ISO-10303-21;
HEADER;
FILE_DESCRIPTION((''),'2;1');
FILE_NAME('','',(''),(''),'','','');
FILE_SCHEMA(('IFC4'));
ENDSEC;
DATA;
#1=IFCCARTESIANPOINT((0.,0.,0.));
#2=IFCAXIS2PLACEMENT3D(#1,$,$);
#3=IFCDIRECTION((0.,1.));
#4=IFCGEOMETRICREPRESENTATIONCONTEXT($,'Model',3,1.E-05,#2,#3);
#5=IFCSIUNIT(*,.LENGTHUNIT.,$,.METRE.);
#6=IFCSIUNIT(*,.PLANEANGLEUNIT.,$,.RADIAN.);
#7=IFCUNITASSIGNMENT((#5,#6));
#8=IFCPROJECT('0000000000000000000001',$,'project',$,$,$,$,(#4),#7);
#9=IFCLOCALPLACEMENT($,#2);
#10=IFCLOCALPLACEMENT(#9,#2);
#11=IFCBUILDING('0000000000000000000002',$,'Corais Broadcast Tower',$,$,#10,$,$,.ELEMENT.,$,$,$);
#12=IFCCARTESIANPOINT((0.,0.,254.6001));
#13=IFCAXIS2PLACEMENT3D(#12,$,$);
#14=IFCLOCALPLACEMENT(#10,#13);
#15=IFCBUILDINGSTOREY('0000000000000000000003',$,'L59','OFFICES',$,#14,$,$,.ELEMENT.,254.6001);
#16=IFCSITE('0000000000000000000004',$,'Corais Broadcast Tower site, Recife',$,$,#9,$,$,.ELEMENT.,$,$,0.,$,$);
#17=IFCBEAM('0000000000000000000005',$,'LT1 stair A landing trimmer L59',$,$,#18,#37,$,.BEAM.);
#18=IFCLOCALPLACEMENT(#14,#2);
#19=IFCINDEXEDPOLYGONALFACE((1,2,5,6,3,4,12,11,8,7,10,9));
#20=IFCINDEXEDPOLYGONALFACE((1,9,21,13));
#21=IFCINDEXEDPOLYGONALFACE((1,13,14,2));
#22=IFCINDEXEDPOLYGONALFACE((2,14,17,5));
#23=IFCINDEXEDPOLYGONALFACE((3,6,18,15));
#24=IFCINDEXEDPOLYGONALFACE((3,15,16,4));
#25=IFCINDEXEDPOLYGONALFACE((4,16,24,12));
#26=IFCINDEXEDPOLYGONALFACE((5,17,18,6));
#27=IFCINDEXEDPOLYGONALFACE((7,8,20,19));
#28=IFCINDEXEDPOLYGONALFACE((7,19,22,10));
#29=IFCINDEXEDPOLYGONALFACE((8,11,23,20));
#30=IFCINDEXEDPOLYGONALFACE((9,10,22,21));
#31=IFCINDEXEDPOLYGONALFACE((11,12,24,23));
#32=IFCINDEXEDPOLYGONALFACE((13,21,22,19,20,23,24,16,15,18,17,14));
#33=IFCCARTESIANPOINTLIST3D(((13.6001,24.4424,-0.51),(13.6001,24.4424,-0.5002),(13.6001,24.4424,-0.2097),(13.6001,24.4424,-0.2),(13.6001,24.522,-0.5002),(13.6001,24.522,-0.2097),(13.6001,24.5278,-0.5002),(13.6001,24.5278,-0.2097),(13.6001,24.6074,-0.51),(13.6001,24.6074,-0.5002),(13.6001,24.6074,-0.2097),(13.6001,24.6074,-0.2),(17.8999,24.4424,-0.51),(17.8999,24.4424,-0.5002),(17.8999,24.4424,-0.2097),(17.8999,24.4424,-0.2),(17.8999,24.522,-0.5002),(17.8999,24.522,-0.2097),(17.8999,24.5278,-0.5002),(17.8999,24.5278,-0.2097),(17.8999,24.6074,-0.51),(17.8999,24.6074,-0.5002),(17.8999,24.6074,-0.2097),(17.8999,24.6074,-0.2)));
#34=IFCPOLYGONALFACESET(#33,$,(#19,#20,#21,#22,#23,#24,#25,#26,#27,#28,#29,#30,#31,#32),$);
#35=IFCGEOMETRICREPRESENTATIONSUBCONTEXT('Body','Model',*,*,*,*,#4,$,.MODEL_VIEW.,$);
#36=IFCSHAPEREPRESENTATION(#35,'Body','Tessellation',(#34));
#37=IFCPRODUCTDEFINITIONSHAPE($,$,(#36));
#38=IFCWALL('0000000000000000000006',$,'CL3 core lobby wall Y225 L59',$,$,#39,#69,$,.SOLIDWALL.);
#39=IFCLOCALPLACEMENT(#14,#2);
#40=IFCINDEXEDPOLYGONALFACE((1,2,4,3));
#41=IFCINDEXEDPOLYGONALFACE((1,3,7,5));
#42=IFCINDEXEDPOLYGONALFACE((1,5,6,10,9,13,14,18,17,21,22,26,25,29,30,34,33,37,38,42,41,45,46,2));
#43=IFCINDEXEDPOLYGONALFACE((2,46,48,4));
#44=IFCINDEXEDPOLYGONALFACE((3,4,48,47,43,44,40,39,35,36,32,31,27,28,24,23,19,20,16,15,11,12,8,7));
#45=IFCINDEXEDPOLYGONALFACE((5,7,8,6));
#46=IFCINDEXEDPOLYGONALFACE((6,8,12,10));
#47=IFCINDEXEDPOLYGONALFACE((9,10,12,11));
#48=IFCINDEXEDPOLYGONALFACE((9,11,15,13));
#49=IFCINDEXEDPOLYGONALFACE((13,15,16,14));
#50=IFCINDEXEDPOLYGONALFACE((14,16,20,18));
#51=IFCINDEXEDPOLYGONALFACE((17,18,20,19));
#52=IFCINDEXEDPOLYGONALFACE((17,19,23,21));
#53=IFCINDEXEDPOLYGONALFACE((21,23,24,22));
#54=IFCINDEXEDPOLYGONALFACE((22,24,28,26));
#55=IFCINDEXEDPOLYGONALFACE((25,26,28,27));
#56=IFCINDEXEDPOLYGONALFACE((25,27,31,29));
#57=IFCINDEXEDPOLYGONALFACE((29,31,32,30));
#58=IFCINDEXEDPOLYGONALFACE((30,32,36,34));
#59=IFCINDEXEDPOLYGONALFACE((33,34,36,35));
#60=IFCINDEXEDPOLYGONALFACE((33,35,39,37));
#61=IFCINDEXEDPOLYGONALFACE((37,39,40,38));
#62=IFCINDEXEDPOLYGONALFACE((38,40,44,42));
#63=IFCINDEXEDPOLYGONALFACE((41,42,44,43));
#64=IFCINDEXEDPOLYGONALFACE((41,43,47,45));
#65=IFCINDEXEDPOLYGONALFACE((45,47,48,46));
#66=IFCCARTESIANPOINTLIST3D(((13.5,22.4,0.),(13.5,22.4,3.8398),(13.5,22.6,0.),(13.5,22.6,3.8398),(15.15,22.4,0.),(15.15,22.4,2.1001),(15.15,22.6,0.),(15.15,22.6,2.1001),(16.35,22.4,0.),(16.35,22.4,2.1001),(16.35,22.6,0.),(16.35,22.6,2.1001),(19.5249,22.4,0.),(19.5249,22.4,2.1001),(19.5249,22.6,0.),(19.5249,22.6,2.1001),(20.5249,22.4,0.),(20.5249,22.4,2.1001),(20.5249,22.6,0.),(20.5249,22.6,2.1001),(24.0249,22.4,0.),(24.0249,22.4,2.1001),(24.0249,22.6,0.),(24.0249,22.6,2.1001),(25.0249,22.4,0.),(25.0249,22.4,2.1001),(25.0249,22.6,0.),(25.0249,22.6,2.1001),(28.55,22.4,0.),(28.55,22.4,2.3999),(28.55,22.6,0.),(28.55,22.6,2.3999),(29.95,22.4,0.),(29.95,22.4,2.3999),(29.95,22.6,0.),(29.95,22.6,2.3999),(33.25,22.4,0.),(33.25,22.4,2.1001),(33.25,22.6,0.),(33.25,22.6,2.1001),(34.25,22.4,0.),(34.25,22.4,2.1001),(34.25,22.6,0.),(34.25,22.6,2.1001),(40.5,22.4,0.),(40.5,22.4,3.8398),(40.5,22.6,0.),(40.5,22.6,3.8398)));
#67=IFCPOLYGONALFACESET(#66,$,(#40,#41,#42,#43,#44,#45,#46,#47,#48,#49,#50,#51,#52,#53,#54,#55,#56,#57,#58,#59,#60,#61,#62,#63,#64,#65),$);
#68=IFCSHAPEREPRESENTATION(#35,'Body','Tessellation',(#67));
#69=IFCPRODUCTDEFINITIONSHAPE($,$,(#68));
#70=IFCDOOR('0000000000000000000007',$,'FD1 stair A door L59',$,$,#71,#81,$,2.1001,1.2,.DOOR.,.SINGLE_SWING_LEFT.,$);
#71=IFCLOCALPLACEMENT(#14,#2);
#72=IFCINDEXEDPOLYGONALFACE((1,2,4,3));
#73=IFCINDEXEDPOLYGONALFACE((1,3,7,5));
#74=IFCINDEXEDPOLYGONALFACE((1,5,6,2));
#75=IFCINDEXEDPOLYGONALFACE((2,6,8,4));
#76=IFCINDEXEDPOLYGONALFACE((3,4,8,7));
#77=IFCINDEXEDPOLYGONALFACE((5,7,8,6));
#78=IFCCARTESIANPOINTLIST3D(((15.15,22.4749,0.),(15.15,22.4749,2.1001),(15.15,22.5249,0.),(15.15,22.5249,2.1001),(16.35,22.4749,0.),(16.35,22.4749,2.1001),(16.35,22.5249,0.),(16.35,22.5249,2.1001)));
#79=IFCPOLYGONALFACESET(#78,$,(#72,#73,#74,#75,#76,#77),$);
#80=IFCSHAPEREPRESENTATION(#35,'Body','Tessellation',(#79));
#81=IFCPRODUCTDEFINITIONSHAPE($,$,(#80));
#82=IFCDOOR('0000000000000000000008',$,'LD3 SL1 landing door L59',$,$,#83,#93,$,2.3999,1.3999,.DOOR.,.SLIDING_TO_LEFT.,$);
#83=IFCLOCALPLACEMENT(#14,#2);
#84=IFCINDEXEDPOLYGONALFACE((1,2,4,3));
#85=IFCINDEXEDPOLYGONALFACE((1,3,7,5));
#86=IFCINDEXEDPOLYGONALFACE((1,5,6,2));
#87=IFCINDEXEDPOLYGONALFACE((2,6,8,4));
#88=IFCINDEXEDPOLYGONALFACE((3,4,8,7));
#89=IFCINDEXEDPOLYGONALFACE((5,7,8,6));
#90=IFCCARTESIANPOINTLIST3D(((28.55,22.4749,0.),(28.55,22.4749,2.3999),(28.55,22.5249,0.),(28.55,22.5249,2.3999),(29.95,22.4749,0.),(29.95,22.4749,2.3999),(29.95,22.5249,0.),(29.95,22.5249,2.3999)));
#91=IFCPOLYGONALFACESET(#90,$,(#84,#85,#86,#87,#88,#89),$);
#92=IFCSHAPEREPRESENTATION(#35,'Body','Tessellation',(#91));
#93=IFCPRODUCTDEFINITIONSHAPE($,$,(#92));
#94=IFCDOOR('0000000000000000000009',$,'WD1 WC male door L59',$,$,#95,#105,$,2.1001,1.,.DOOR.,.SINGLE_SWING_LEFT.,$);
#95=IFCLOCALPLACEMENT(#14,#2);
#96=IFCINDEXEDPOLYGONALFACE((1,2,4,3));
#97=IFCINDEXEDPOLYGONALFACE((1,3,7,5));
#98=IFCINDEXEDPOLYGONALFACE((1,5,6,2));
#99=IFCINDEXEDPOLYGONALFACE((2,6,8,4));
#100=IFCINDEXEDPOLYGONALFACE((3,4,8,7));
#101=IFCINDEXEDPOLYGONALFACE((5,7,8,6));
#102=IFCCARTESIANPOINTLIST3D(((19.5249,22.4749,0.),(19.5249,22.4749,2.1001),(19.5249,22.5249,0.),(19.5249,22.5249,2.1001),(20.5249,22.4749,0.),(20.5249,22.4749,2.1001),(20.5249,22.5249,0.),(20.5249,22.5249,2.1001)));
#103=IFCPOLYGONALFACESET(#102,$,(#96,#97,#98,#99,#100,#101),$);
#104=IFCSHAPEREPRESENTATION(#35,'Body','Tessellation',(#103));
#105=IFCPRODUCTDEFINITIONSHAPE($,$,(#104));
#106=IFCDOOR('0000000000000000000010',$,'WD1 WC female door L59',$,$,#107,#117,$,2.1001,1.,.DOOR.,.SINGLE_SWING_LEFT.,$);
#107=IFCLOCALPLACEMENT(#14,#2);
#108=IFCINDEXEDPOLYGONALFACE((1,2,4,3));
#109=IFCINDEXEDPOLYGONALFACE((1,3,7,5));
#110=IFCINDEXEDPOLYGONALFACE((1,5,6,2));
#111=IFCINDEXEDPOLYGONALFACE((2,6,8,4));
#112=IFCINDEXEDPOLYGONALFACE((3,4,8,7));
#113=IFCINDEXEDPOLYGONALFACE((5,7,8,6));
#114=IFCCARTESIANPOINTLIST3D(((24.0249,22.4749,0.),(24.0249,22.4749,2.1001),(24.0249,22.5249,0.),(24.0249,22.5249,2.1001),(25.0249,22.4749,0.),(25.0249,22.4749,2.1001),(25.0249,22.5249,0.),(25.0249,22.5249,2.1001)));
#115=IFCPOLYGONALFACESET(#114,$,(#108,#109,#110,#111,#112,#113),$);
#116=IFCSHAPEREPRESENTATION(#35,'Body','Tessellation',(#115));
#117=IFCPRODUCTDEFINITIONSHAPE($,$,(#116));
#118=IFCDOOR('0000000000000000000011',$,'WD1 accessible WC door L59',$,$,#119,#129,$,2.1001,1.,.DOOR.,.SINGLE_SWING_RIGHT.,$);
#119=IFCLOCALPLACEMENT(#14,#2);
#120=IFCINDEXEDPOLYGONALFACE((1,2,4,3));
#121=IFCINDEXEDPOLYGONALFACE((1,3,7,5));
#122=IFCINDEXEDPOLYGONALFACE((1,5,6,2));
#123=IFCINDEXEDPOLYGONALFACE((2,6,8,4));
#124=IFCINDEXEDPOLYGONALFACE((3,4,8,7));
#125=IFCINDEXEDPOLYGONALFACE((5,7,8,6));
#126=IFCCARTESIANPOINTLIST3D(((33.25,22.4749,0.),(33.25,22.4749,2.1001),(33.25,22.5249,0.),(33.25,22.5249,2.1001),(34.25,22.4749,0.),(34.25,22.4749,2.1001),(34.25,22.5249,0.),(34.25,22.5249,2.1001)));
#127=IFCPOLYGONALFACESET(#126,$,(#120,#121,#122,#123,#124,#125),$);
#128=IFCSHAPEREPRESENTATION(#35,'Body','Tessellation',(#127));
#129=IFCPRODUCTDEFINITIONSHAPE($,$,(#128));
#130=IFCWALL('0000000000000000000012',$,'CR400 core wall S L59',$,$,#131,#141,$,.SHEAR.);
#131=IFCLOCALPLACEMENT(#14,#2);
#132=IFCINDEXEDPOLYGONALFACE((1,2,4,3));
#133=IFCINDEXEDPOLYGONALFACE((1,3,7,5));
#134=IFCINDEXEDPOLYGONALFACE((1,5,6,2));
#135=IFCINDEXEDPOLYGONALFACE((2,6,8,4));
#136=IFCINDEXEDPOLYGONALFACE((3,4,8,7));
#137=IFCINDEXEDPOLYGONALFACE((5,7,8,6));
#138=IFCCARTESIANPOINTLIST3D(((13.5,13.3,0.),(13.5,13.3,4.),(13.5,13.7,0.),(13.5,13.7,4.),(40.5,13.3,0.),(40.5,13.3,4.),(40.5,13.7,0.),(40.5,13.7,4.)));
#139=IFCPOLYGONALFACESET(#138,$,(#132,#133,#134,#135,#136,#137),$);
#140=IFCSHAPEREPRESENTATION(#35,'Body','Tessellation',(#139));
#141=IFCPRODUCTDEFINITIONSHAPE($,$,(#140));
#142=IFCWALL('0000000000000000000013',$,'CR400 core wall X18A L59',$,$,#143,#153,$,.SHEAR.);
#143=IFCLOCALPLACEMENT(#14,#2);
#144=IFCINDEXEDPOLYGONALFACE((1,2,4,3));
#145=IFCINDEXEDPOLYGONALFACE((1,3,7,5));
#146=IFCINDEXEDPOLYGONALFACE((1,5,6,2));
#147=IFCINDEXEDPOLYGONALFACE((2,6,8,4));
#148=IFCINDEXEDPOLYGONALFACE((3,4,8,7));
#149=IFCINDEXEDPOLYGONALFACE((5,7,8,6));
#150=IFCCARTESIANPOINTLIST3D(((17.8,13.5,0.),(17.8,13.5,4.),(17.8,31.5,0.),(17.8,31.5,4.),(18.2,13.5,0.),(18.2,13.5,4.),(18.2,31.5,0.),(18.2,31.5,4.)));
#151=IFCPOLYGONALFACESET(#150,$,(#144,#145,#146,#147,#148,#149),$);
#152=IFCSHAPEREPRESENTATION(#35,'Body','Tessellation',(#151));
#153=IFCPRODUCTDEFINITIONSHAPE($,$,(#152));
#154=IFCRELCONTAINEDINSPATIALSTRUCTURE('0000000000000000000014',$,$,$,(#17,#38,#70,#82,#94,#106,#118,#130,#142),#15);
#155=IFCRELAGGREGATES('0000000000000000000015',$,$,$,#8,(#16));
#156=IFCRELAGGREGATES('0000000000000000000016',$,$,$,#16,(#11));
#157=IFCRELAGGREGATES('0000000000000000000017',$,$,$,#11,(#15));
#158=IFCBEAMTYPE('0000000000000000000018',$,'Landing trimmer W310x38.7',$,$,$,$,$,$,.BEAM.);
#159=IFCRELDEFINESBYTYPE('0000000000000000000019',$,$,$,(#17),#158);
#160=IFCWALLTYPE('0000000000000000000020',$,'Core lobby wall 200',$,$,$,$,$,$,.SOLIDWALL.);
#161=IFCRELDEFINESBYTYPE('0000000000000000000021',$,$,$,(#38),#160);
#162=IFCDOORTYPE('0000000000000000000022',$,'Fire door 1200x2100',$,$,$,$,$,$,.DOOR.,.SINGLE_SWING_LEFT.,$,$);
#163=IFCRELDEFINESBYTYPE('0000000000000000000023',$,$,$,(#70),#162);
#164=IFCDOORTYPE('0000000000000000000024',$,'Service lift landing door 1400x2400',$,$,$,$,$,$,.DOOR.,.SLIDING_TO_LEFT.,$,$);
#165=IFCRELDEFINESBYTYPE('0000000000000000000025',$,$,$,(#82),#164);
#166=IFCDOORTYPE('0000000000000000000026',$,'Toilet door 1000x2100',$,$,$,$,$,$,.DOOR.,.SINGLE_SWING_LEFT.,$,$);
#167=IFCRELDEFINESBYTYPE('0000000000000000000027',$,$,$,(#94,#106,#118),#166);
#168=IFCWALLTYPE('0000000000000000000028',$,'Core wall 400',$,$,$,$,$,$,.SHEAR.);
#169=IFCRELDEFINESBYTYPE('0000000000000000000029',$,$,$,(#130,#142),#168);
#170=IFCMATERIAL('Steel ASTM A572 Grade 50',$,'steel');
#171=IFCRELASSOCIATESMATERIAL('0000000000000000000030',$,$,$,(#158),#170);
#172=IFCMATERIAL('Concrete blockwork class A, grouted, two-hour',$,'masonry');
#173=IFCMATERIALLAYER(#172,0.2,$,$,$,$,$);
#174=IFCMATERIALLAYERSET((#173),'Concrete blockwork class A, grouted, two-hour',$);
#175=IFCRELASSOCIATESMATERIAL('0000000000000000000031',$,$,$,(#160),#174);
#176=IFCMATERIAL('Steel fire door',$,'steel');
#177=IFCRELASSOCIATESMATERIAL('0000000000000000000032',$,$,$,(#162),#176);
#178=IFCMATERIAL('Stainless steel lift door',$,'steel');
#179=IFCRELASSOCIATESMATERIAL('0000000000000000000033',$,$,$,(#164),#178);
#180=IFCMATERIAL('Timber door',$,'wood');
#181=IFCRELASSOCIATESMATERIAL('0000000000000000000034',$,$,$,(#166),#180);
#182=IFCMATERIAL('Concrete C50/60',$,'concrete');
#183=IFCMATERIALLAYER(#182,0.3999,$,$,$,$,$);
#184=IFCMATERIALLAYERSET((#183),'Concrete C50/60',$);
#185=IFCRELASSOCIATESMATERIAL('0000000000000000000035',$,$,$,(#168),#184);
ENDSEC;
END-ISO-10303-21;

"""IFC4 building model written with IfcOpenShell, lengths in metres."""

from ifc_helpers import new_model, si_unit, direction, frame, frame_2d, origin, origin_2d, place, context, subcontext, project, spatial, rectangle, i_section, extrude, material, layer, layer_set, material_profile, profile_set, type_object, element, fill, save


model = new_model("IFC4")

# Units and contexts
model_context = context("Model", 3, precision=1e-05, world=origin(), true_north=direction((0.0, 1.0)))
body_context = subcontext(model_context, "Body", "Model", "MODEL_VIEW")
ifc_project = project(units=[si_unit("LENGTHUNIT", "METRE"), si_unit("PLANEANGLEUNIT", "RADIAN")], contexts=[model_context])

# Site, building, storey
site_placement = place(None, origin())
site = spatial("IfcSite", under=ifc_project, at=site_placement, Name="Corais Broadcast Tower site, Recife", CompositionType="ELEMENT", RefElevation=0.0)
building_placement = place(site_placement, origin())
building = spatial("IfcBuilding", under=site, at=building_placement, Name="Corais Broadcast Tower", CompositionType="ELEMENT")
storey_placement = place(building_placement, frame((0.0, 0.0, 254.6001)))
storey = spatial("IfcBuildingStorey", under=building, at=storey_placement, Name="L59", Description="OFFICES", CompositionType="ELEMENT", Elevation=254.6001)

# Beam
ifc_material_1 = material(Name="Steel ASTM A572 Grade 50", Category="steel")
ifc_material_profile = material_profile(ifc_material_1, i_section(OverallWidth=0.165, OverallDepth=0.3101, WebThickness=0.0059, FlangeThickness=0.0098, at=origin_2d()), Name="W310x38.7")
ifc_profile_set = profile_set([ifc_material_profile], Name="Steel ASTM A572 Grade 50")
beam_type = type_object("IfcBeamType", Name="Landing trimmer W310x38.7", PredefinedType="BEAM", material=ifc_profile_set)
beam_placement = place(storey_placement, frame((13.6001, 24.5249, -0.355), z_axis=(1.0, 0.0, 0.0), x_axis=(0.0, 1.0, 0.0)))
element("IfcBeam", 1, at=beam_placement, inside=storey, type_object=beam_type, Name="LT1 stair A landing trimmer L59", PredefinedType="BEAM", context=body_context, shape_type="SweptSolid", body=[
    extrude(i_section(OverallWidth=0.165, OverallDepth=0.3101, WebThickness=0.0059, FlangeThickness=0.0098, at=origin_2d()), origin(), (0.0, 0.0, 1.0), 4.2998),
])

# Wall, openings, doors
ifc_material_2 = material(Name="Concrete blockwork class A, grouted, two-hour", Category="masonry")
ifc_layer_1 = layer(ifc_material_2, 0.2)
ifc_layer_set_1 = layer_set([ifc_layer_1], Name="Concrete blockwork class A, grouted, two-hour")
wall_type_1 = type_object("IfcWallType", Name="Core lobby wall 200", PredefinedType="SOLIDWALL", material=ifc_layer_set_1)
wall_1_placement = place(storey_placement, frame((13.5, 22.5, 0.0), z_axis=(0.0, 0.0, 1.0), x_axis=(1.0, 0.0, 0.0)))
wall_1 = element("IfcWall", 2, at=wall_1_placement, inside=storey, type_object=wall_type_1, Name="CL3 core lobby wall Y225 L59", PredefinedType="SOLIDWALL", context=body_context, shape_type="SweptSolid", body=[
    extrude(rectangle(XDim=27.0, YDim=0.2, at=frame_2d((13.5, 0.0))), origin(), (0.0, 0.0, 1.0), 3.8398),
])
opening_1_placement = place(wall_1_placement, frame((1.6499, 0.0, 0.0)))
opening_1 = element("IfcOpeningElement", 3, at=opening_1_placement, cuts=wall_1, PredefinedType="OPENING", context=body_context, shape_type="SweptSolid", body=[
    extrude(rectangle(XDim=1.2, YDim=2.1001, at=frame_2d((0.6001, 1.05))), frame((0.0, 0.1099, 0.0), z_axis=(0.0, -1.0, 0.0), x_axis=(1.0, 0.0, 0.0)), (0.0, 0.0, 1.0), 0.22),
])
opening_2_placement = place(wall_1_placement, frame((6.0249, 0.0, 0.0)))
opening_2 = element("IfcOpeningElement", 4, at=opening_2_placement, cuts=wall_1, PredefinedType="OPENING", context=body_context, shape_type="SweptSolid", body=[
    extrude(rectangle(XDim=1.0, YDim=2.1001, at=frame_2d((0.5, 1.05))), frame((0.0, 0.1099, 0.0), z_axis=(0.0, -1.0, 0.0), x_axis=(1.0, 0.0, 0.0)), (0.0, 0.0, 1.0), 0.22),
])
opening_3_placement = place(wall_1_placement, frame((10.5249, 0.0, 0.0)))
opening_3 = element("IfcOpeningElement", 5, at=opening_3_placement, cuts=wall_1, PredefinedType="OPENING", context=body_context, shape_type="SweptSolid", body=[
    extrude(rectangle(XDim=1.0, YDim=2.1001, at=frame_2d((0.5, 1.05))), frame((0.0, 0.1099, 0.0), z_axis=(0.0, -1.0, 0.0), x_axis=(1.0, 0.0, 0.0)), (0.0, 0.0, 1.0), 0.22),
])
opening_4_placement = place(wall_1_placement, frame((19.75, 0.0, 0.0)))
opening_4 = element("IfcOpeningElement", 6, at=opening_4_placement, cuts=wall_1, PredefinedType="OPENING", context=body_context, shape_type="SweptSolid", body=[
    extrude(rectangle(XDim=1.0, YDim=2.1001, at=frame_2d((0.5, 1.05))), frame((0.0, 0.1099, 0.0), z_axis=(0.0, -1.0, 0.0), x_axis=(1.0, 0.0, 0.0)), (0.0, 0.0, 1.0), 0.22),
])
opening_5_placement = place(wall_1_placement, frame((15.05, 0.0, 0.0)))
opening_5 = element("IfcOpeningElement", 7, at=opening_5_placement, cuts=wall_1, PredefinedType="OPENING", context=body_context, shape_type="SweptSolid", body=[
    extrude(rectangle(XDim=1.3999, YDim=2.3999, at=frame_2d((0.7, 1.2))), frame((0.0, 0.1099, 0.0), z_axis=(0.0, -1.0, 0.0), x_axis=(1.0, 0.0, 0.0)), (0.0, 0.0, 1.0), 0.22),
])
ifc_material_3 = material(Name="Steel fire door", Category="steel")
door_type_1 = type_object("IfcDoorType", Name="Fire door 1200x2100", OperationType="SINGLE_SWING_LEFT", PredefinedType="DOOR", material=ifc_material_3)
door_1_placement = place(opening_1_placement, origin())
door_1 = element("IfcDoor", 8, at=door_1_placement, inside=storey, type_object=door_type_1, Name="FD1 stair A door L59", OperationType="SINGLE_SWING_LEFT", OverallHeight=2.1001, OverallWidth=1.2, PredefinedType="DOOR", context=body_context, shape_type="SweptSolid", body=[
    extrude(rectangle(XDim=1.2, YDim=2.1001, at=frame_2d((0.6001, 1.05))), frame((0.0, 0.0249, 0.0), z_axis=(0.0, -1.0, 0.0), x_axis=(1.0, 0.0, 0.0)), (0.0, 0.0, 1.0), 0.05),
])
fill(opening_1, door_1)
ifc_material_4 = material(Name="Stainless steel lift door", Category="steel")
door_type_2 = type_object("IfcDoorType", Name="Service lift landing door 1400x2400", OperationType="SLIDING_TO_LEFT", PredefinedType="DOOR", material=ifc_material_4)
door_2_placement = place(opening_5_placement, origin())
door_2 = element("IfcDoor", 9, at=door_2_placement, inside=storey, type_object=door_type_2, Name="LD3 SL1 landing door L59", OperationType="SLIDING_TO_LEFT", OverallHeight=2.3999, OverallWidth=1.3999, PredefinedType="DOOR", context=body_context, shape_type="SweptSolid", body=[
    extrude(rectangle(XDim=1.3999, YDim=2.3999, at=frame_2d((0.7, 1.2))), frame((0.0, 0.0249, 0.0), z_axis=(0.0, -1.0, 0.0), x_axis=(1.0, 0.0, 0.0)), (0.0, 0.0, 1.0), 0.05),
])
fill(opening_5, door_2)
ifc_material_5 = material(Name="Timber door", Category="wood")
door_type_3 = type_object("IfcDoorType", Name="Toilet door 1000x2100", OperationType="SINGLE_SWING_LEFT", PredefinedType="DOOR", material=ifc_material_5)
door_3_placement = place(opening_2_placement, origin())
door_3 = element("IfcDoor", 10, at=door_3_placement, inside=storey, type_object=door_type_3, Name="WD1 WC male door L59", OperationType="SINGLE_SWING_LEFT", OverallHeight=2.1001, OverallWidth=1.0, PredefinedType="DOOR", context=body_context, shape_type="SweptSolid", body=[
    extrude(rectangle(XDim=1.0, YDim=2.1001, at=frame_2d((0.5, 1.05))), frame((0.0, 0.0249, 0.0), z_axis=(0.0, -1.0, 0.0), x_axis=(1.0, 0.0, 0.0)), (0.0, 0.0, 1.0), 0.05),
])
fill(opening_2, door_3)
door_4_placement = place(opening_3_placement, origin())
door_4 = element("IfcDoor", 11, at=door_4_placement, inside=storey, type_object=door_type_3, Name="WD1 WC female door L59", OperationType="SINGLE_SWING_LEFT", OverallHeight=2.1001, OverallWidth=1.0, PredefinedType="DOOR", context=body_context, shape_type="SweptSolid", body=[
    extrude(rectangle(XDim=1.0, YDim=2.1001, at=frame_2d((0.5, 1.05))), frame((0.0, 0.0249, 0.0), z_axis=(0.0, -1.0, 0.0), x_axis=(1.0, 0.0, 0.0)), (0.0, 0.0, 1.0), 0.05),
])
fill(opening_3, door_4)
door_5_placement = place(opening_4_placement, origin())
door_5 = element("IfcDoor", 12, at=door_5_placement, inside=storey, type_object=door_type_3, Name="WD1 accessible WC door L59", OperationType="SINGLE_SWING_RIGHT", OverallHeight=2.1001, OverallWidth=1.0, PredefinedType="DOOR", context=body_context, shape_type="SweptSolid", body=[
    extrude(rectangle(XDim=1.0, YDim=2.1001, at=frame_2d((0.5, 1.05))), frame((0.0, 0.0249, 0.0), z_axis=(0.0, -1.0, 0.0), x_axis=(1.0, 0.0, 0.0)), (0.0, 0.0, 1.0), 0.05),
])
fill(opening_4, door_5)

# Walls
ifc_material_6 = material(Name="Concrete C50/60", Category="concrete")
ifc_layer_2 = layer(ifc_material_6, 0.3999)
ifc_layer_set_2 = layer_set([ifc_layer_2], Name="Concrete C50/60")
wall_type_2 = type_object("IfcWallType", Name="Core wall 400", PredefinedType="SHEAR", material=ifc_layer_set_2)
wall_2_placement = place(storey_placement, frame((13.5, 13.5, 0.0), z_axis=(0.0, 0.0, 1.0), x_axis=(1.0, 0.0, 0.0)))
element("IfcWall", 13, at=wall_2_placement, inside=storey, type_object=wall_type_2, Name="CR400 core wall S L59", PredefinedType="SHEAR", context=body_context, shape_type="SweptSolid", body=[
    extrude(rectangle(XDim=27.0, YDim=0.3999, at=frame_2d((13.5, 0.0))), origin(), (0.0, 0.0, 1.0), 4.0),
])
wall_3_placement = place(storey_placement, frame((18.0, 13.5, 0.0), z_axis=(0.0, 0.0, 1.0), x_axis=(0.0, 1.0, 0.0)))
element("IfcWall", 14, at=wall_3_placement, inside=storey, type_object=wall_type_2, Name="CR400 core wall X18A L59", PredefinedType="SHEAR", context=body_context, shape_type="SweptSolid", body=[
    extrude(rectangle(XDim=18.0, YDim=0.3999, at=frame_2d((9.0, 0.0))), origin(), (0.0, 0.0, 1.0), 4.0),
])

save(model, "model.ifc")
